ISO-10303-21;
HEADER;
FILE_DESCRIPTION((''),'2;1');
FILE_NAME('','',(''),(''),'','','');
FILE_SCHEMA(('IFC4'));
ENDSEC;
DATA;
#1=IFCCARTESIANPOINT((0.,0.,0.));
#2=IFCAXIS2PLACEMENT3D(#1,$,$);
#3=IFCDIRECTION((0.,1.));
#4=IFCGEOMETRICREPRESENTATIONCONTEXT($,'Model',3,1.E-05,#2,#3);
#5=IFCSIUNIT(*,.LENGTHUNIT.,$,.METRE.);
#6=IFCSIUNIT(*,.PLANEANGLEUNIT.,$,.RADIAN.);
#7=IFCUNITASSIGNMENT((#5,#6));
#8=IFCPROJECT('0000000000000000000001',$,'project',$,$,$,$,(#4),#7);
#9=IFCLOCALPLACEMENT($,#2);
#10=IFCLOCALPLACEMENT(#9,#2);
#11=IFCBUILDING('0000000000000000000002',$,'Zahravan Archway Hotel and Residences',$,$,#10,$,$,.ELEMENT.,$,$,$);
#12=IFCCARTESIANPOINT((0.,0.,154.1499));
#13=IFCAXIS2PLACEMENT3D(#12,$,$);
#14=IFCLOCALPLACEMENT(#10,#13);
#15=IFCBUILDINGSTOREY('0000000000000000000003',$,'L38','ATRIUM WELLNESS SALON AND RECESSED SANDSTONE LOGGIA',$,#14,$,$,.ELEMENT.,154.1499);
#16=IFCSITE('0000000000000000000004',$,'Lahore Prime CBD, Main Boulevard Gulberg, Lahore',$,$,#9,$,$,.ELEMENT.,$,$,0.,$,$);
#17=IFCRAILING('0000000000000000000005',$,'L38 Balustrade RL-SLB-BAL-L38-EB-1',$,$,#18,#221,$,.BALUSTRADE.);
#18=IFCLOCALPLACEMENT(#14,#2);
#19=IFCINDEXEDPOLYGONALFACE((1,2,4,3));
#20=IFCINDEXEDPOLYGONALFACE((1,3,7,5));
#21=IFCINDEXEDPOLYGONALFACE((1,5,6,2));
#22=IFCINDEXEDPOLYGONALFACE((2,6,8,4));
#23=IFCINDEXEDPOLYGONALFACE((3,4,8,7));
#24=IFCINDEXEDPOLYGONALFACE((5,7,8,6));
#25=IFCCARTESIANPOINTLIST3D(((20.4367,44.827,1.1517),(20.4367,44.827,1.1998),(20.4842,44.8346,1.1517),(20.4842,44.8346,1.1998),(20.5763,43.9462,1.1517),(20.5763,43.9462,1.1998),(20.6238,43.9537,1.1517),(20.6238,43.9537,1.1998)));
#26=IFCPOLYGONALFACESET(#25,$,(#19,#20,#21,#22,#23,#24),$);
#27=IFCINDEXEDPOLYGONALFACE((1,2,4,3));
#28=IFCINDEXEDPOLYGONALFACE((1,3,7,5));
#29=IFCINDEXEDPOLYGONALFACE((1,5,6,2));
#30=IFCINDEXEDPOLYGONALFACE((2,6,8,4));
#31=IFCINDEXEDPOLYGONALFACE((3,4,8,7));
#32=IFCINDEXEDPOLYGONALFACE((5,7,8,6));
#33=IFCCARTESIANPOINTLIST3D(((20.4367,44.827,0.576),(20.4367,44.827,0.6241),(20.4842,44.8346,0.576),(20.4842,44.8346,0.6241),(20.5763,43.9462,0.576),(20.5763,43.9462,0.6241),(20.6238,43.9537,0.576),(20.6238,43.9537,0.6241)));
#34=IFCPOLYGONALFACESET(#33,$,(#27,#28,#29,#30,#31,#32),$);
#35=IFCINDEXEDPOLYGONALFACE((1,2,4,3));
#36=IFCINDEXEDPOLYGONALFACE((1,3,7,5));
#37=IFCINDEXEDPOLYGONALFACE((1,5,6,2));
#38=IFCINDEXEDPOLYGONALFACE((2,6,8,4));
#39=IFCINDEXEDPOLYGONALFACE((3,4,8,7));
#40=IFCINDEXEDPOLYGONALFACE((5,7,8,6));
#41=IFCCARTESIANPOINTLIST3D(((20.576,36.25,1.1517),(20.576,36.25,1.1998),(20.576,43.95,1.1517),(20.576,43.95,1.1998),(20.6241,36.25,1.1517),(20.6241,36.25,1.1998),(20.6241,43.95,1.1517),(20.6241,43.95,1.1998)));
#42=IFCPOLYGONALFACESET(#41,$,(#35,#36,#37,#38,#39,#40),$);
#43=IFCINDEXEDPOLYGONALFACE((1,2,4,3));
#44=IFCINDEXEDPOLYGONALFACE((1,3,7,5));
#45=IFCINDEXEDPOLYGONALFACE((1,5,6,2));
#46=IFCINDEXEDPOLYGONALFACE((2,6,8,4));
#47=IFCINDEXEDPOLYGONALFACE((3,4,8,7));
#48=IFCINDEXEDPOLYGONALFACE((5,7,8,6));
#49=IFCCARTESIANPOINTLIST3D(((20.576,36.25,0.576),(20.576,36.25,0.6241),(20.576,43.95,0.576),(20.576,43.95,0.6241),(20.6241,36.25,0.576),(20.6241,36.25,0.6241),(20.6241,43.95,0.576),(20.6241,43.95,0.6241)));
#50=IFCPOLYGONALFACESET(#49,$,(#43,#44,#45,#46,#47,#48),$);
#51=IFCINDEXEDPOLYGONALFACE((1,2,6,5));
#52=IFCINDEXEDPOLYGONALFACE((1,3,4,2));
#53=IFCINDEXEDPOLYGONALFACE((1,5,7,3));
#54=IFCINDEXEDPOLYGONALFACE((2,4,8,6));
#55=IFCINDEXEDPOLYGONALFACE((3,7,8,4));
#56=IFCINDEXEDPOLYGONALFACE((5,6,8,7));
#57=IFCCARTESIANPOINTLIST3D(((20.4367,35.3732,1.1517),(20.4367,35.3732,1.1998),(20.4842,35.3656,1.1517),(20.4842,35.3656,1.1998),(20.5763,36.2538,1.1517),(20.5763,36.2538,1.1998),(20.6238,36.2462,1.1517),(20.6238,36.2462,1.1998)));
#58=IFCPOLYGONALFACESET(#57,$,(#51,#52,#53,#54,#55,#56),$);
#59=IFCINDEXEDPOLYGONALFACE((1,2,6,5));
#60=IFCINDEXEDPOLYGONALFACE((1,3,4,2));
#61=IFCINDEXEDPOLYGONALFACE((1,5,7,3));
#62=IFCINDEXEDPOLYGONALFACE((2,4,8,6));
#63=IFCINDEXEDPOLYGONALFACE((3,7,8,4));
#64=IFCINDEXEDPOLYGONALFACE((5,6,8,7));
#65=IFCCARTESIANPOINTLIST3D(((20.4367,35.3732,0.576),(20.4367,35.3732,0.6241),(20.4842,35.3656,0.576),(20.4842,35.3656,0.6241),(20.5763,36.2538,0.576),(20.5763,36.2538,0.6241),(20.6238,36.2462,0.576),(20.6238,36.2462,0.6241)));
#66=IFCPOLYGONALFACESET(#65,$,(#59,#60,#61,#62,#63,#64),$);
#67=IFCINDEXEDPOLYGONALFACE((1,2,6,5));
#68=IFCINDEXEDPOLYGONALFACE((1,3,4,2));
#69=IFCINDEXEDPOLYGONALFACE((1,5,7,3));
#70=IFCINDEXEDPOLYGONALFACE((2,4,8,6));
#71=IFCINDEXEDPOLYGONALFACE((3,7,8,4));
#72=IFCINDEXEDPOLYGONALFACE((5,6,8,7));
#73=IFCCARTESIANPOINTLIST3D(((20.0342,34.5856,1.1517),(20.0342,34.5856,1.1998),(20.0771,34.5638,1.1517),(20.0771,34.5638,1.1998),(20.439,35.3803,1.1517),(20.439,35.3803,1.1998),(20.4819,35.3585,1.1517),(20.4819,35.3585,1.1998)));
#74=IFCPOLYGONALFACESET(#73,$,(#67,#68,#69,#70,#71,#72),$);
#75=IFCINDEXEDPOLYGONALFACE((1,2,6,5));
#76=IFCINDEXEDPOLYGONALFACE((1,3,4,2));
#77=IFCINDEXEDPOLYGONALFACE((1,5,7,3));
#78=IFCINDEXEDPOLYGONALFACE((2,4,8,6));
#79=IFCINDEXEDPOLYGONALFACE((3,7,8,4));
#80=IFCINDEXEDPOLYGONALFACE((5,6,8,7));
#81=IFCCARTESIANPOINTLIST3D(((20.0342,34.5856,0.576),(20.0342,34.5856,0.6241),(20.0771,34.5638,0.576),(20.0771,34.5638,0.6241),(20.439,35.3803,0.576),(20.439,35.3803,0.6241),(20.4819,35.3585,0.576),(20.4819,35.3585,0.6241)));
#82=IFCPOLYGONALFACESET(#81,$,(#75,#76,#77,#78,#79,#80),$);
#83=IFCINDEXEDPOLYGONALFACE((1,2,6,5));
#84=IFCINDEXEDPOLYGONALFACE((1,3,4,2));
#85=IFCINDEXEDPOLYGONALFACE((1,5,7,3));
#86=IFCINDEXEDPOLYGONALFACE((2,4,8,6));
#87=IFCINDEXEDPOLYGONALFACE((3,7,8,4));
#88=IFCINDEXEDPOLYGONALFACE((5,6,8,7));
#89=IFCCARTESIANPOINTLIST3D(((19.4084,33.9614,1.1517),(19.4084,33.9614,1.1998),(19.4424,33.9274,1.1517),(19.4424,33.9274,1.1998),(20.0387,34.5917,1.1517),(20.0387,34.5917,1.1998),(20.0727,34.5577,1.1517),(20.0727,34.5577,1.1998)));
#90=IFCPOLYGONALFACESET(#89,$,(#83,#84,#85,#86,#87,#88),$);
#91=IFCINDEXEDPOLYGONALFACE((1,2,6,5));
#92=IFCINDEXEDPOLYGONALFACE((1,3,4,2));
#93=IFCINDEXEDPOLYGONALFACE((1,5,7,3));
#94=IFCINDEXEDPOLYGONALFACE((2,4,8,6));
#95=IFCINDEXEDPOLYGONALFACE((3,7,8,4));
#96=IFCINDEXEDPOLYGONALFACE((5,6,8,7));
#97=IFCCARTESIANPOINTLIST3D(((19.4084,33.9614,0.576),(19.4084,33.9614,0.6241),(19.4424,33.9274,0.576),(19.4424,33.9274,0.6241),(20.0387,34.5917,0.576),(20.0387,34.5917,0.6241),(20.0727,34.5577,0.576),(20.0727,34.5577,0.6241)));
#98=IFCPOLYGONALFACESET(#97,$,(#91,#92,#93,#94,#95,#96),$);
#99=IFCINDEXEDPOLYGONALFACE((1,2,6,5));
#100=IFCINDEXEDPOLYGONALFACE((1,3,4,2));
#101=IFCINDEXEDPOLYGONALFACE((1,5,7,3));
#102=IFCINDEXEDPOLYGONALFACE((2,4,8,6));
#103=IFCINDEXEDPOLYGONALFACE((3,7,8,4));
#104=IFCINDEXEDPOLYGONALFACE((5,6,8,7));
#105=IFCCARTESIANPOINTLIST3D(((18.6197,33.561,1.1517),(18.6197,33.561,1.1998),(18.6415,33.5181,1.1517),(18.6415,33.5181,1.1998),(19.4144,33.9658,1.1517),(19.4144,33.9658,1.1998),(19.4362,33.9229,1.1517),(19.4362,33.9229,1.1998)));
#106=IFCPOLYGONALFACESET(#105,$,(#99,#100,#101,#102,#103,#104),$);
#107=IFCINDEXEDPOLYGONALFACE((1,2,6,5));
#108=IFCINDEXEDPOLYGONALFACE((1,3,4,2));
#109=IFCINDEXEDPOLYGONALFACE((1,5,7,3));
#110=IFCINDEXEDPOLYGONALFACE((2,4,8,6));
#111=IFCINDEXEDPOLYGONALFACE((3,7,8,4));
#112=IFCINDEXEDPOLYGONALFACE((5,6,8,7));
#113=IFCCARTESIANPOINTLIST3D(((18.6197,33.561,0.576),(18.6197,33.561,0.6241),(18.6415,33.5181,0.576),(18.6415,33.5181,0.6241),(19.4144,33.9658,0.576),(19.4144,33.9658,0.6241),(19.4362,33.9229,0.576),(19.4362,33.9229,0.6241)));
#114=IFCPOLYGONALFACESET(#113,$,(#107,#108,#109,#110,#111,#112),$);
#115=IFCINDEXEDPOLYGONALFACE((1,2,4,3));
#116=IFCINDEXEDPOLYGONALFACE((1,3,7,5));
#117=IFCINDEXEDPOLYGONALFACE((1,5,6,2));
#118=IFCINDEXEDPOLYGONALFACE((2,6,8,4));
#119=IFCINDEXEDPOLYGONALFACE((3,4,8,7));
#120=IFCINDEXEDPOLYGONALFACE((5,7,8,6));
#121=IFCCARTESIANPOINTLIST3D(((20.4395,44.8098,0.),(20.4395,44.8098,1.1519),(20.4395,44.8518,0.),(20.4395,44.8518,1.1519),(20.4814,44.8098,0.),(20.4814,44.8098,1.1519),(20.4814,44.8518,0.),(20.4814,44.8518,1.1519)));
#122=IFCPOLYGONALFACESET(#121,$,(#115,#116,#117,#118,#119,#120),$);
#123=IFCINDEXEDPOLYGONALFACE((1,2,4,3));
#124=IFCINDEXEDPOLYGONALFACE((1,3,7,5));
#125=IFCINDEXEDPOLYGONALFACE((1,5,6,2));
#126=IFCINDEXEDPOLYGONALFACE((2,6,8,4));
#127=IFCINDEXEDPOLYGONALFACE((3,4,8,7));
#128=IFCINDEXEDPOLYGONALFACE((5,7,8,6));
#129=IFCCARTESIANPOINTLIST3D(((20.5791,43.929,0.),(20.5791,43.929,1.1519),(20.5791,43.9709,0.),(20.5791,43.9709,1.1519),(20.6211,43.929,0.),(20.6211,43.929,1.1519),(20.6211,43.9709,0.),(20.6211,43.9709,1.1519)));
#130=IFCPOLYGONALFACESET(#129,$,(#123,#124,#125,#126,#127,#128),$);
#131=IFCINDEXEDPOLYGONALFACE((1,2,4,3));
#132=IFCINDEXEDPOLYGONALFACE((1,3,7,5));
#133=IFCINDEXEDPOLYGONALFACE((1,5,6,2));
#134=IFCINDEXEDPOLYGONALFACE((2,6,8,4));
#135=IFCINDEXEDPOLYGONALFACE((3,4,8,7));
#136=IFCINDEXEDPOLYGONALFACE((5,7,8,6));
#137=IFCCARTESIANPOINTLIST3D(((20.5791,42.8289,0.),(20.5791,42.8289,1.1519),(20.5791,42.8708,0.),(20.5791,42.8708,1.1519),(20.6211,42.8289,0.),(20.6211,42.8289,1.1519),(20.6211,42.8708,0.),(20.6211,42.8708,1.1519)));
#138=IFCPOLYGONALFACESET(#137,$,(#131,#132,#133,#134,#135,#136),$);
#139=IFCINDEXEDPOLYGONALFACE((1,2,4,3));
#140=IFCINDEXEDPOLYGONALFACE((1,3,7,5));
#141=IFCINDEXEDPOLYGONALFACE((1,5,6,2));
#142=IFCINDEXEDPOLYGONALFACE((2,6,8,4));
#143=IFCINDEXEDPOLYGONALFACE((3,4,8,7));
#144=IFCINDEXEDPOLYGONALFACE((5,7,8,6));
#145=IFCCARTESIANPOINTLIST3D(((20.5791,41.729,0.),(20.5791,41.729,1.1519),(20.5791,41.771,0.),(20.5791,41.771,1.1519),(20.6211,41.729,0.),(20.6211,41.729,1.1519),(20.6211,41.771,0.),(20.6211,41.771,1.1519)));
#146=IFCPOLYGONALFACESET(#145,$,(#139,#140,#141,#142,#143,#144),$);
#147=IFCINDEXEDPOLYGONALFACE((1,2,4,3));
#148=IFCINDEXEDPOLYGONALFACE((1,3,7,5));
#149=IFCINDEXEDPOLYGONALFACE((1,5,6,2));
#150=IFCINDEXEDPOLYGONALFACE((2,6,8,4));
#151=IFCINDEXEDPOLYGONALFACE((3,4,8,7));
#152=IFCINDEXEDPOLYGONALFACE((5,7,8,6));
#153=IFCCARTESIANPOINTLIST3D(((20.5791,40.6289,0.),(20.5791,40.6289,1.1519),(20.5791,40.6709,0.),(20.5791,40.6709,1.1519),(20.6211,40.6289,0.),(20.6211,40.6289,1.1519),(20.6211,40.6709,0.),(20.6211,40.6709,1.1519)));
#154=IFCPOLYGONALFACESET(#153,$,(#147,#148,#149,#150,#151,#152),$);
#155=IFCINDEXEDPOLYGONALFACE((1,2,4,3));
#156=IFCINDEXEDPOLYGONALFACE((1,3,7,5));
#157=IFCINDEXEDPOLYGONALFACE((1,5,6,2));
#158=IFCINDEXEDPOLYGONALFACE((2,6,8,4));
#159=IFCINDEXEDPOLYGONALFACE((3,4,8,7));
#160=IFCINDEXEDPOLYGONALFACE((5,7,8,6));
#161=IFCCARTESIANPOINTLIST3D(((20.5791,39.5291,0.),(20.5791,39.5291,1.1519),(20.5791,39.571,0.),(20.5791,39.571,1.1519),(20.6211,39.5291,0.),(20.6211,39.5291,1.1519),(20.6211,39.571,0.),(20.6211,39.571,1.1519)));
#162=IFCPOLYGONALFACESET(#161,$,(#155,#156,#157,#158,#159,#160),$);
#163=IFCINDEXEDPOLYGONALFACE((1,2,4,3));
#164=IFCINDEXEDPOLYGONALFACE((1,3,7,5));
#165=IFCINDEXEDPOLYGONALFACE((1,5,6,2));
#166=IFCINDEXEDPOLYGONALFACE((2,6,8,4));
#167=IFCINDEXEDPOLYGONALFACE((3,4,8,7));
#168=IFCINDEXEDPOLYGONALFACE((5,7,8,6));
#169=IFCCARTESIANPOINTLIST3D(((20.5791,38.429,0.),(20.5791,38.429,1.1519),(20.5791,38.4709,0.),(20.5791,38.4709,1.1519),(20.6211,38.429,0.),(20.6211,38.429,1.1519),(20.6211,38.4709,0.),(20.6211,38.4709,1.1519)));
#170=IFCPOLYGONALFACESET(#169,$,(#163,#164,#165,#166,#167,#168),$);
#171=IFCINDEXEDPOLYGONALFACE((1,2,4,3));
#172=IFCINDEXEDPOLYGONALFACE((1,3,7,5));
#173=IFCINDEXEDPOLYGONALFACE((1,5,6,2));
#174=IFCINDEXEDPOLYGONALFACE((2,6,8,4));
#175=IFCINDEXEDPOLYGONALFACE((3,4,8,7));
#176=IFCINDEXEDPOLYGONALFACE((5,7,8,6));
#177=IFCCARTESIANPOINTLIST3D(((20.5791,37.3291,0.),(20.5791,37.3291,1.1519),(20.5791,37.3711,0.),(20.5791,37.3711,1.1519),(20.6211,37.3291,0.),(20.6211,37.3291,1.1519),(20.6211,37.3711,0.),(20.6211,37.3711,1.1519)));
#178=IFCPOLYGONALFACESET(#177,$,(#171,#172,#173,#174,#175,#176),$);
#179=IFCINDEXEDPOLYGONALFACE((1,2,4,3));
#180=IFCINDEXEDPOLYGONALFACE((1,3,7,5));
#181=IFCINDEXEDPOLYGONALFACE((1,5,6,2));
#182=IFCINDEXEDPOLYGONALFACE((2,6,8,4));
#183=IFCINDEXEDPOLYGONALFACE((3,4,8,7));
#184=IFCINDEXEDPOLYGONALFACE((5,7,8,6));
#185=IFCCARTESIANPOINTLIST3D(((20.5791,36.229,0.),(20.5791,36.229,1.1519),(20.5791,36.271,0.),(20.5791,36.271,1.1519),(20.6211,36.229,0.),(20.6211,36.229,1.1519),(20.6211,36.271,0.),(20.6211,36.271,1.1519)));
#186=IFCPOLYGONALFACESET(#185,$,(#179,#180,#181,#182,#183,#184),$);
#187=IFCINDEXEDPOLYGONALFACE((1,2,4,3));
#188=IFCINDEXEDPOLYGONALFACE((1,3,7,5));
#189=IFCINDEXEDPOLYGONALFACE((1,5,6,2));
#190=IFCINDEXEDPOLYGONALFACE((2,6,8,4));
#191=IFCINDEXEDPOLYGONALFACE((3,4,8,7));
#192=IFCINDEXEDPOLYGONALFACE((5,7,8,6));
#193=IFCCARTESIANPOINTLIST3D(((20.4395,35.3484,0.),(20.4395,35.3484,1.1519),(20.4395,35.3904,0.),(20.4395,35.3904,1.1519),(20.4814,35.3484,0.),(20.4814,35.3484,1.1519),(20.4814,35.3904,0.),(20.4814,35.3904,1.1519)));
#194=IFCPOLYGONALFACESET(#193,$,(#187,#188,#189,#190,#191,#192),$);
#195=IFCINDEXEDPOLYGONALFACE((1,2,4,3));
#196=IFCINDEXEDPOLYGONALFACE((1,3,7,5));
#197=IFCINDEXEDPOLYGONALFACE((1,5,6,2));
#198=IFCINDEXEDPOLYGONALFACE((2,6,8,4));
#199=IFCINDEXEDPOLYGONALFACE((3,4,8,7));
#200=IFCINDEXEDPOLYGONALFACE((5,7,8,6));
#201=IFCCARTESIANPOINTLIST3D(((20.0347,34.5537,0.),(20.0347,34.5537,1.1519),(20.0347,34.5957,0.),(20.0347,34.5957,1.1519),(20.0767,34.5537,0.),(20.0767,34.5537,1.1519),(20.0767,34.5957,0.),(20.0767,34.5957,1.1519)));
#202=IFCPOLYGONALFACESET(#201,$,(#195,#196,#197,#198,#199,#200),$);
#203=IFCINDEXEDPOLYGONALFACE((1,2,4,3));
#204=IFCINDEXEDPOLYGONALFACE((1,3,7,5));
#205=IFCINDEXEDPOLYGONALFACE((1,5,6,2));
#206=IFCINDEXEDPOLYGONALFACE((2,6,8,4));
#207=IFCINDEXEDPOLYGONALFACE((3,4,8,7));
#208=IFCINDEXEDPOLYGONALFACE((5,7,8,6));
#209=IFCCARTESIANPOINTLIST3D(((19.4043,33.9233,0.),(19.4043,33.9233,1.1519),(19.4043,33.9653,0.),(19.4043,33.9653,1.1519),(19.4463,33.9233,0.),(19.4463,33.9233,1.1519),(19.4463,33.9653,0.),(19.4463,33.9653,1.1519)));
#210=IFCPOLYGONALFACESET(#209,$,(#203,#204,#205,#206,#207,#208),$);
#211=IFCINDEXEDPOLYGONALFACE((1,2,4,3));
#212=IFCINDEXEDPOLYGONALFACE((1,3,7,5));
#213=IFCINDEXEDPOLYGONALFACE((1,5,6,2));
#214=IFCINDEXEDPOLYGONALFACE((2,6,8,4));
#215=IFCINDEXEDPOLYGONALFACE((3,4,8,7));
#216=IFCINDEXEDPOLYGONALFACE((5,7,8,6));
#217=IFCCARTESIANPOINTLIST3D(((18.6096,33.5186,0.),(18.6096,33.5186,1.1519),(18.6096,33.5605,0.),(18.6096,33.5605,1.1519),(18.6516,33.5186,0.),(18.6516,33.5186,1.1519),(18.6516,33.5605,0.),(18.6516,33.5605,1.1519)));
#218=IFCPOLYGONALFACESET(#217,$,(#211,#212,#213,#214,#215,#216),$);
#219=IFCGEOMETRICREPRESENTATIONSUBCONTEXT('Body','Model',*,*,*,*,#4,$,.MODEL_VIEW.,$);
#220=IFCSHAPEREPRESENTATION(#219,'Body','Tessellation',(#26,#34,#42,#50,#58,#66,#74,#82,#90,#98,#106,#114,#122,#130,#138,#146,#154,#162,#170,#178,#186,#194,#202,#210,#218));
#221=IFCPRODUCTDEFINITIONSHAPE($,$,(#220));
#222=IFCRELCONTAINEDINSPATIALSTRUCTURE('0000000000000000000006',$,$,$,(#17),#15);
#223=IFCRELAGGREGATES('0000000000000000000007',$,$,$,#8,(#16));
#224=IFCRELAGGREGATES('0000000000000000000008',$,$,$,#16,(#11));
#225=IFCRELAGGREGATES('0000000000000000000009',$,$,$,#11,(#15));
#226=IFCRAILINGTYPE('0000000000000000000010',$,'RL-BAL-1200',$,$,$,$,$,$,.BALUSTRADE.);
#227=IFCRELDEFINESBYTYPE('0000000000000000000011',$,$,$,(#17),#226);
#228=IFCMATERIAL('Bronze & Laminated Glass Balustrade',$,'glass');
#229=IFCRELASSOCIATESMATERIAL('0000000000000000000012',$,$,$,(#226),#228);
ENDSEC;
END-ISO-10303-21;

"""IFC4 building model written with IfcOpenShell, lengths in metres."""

from ifc_helpers import new_model, si_unit, direction, frame, origin, origin_2d, place, context, subcontext, project, spatial, rectangle, extrude, material, type_object, element, save


model = new_model("IFC4")

# Units and contexts
model_context = context("Model", 3, precision=1e-05, world=origin(), true_north=direction((0.0, 1.0)))
body_context = subcontext(model_context, "Body", "Model", "MODEL_VIEW")
ifc_project = project(units=[si_unit("LENGTHUNIT", "METRE"), si_unit("PLANEANGLEUNIT", "RADIAN")], contexts=[model_context])

# Site, building, storey
site_placement = place(None, origin())
site = spatial("IfcSite", under=ifc_project, at=site_placement, Name="Lahore Prime CBD, Main Boulevard Gulberg, Lahore", CompositionType="ELEMENT", RefElevation=0.0)
building_placement = place(site_placement, origin())
building = spatial("IfcBuilding", under=site, at=building_placement, Name="Zahravan Archway Hotel and Residences", CompositionType="ELEMENT")
storey_placement = place(building_placement, frame((0.0, 0.0, 154.1499)))
storey = spatial("IfcBuildingStorey", under=building, at=storey_placement, Name="L38", Description="ATRIUM WELLNESS SALON AND RECESSED SANDSTONE LOGGIA", CompositionType="ELEMENT", Elevation=154.1499)

# Railing
ifc_material_1 = material(Name="Bronze & Laminated Glass Balustrade", Category="glass")
railing_type = type_object("IfcRailingType", Name="RL-BAL-1200", PredefinedType="BALUSTRADE", material=ifc_material_1)
railing_placement = place(storey_placement, frame((20.4604, 44.8308, 0.0)))
element("IfcRailing", 1, at=railing_placement, inside=storey, type_object=railing_type, Name="L38 Balustrade RL-SLB-BAL-L38-EB-1", PredefinedType="BALUSTRADE", context=body_context, shape_type="SweptSolid", body=[
    extrude(rectangle(XDim=0.0481, YDim=0.0481, at=origin_2d()), frame((0.0, 0.0, 1.1758), z_axis=(0.156581, -0.987665, 0.0), x_axis=(0.987665, 0.156581, 0.0)), (0.0, 0.0, 1.0), 0.8918),
    extrude(rectangle(XDim=0.0481, YDim=0.0481, at=origin_2d()), frame((0.0, 0.0, 0.6001), z_axis=(0.156581, -0.987665, 0.0), x_axis=(0.987665, 0.156581, 0.0)), (0.0, 0.0, 1.0), 0.8918),
    extrude(rectangle(XDim=0.0481, YDim=0.0481, at=origin_2d()), frame((0.1396, -0.8809, 1.1758), z_axis=(0.0, -1.0, 0.0), x_axis=(1.0, 0.0, 0.0)), (0.0, 0.0, 1.0), 7.7),
    extrude(rectangle(XDim=0.0481, YDim=0.0481, at=origin_2d()), frame((0.1396, -0.8809, 0.6001), z_axis=(0.0, -1.0, 0.0), x_axis=(1.0, 0.0, 0.0)), (0.0, 0.0, 1.0), 7.7),
    extrude(rectangle(XDim=0.0481, YDim=0.0481, at=origin_2d()), frame((0.1396, -8.5808, 1.1758), z_axis=(-0.156623, -0.987658, 0.0), x_axis=(0.987658, -0.156623, 0.0)), (0.0, 0.0, 1.0), 0.8916),
    extrude(rectangle(XDim=0.0481, YDim=0.0481, at=origin_2d()), frame((0.1396, -8.5808, 0.6001), z_axis=(-0.156623, -0.987658, 0.0), x_axis=(0.987658, -0.156623, 0.0)), (0.0, 0.0, 1.0), 0.8916),
    extrude(rectangle(XDim=0.0481, YDim=0.0481, at=origin_2d()), frame((0.0, -9.4614, 1.1758), z_axis=(-0.453881, -0.891062, 0.0), x_axis=(0.891062, -0.453881, 0.0)), (0.0, 0.0, 1.0), 0.8918),
    extrude(rectangle(XDim=0.0481, YDim=0.0481, at=origin_2d()), frame((0.0, -9.4614, 0.6001), z_axis=(-0.453881, -0.891062, 0.0), x_axis=(0.891062, -0.453881, 0.0)), (0.0, 0.0, 1.0), 0.8918),
    extrude(rectangle(XDim=0.0481, YDim=0.0481, at=origin_2d()), frame((-0.4048, -10.2561, 1.1758), z_axis=(-0.707107, -0.707107, 0.0), x_axis=(0.707107, -0.707107, 0.0)), (0.0, 0.0, 1.0), 0.8914),
    extrude(rectangle(XDim=0.0481, YDim=0.0481, at=origin_2d()), frame((-0.4048, -10.2561, 0.6001), z_axis=(-0.707107, -0.707107, 0.0), x_axis=(0.707107, -0.707107, 0.0)), (0.0, 0.0, 1.0), 0.8914),
    extrude(rectangle(XDim=0.0481, YDim=0.0481, at=origin_2d()), frame((-1.0352, -10.8865, 1.1758), z_axis=(-0.891062, -0.453881, 0.0), x_axis=(0.453881, -0.891062, 0.0)), (0.0, 0.0, 1.0), 0.8918),
    extrude(rectangle(XDim=0.0481, YDim=0.0481, at=origin_2d()), frame((-1.0352, -10.8865, 0.6001), z_axis=(-0.891062, -0.453881, 0.0), x_axis=(0.453881, -0.891062, 0.0)), (0.0, 0.0, 1.0), 0.8918),
    extrude(rectangle(XDim=0.042, YDim=0.042, at=origin_2d()), origin(), (0.0, 0.0, 1.0), 1.1519),
    extrude(rectangle(XDim=0.042, YDim=0.042, at=origin_2d()), frame((0.1396, -0.8809, 0.0)), (0.0, 0.0, 1.0), 1.1519),
    extrude(rectangle(XDim=0.042, YDim=0.042, at=origin_2d()), frame((0.1396, -1.981, 0.0)), (0.0, 0.0, 1.0), 1.1519),
    extrude(rectangle(XDim=0.042, YDim=0.042, at=origin_2d()), frame((0.1396, -3.0808, 0.0)), (0.0, 0.0, 1.0), 1.1519),
    extrude(rectangle(XDim=0.042, YDim=0.042, at=origin_2d()), frame((0.1396, -4.1809, 0.0)), (0.0, 0.0, 1.0), 1.1519),
    extrude(rectangle(XDim=0.042, YDim=0.042, at=origin_2d()), frame((0.1396, -5.2808, 0.0)), (0.0, 0.0, 1.0), 1.1519),
    extrude(rectangle(XDim=0.042, YDim=0.042, at=origin_2d()), frame((0.1396, -6.3809, 0.0)), (0.0, 0.0, 1.0), 1.1519),
    extrude(rectangle(XDim=0.042, YDim=0.042, at=origin_2d()), frame((0.1396, -7.4807, 0.0)), (0.0, 0.0, 1.0), 1.1519),
    extrude(rectangle(XDim=0.042, YDim=0.042, at=origin_2d()), frame((0.1396, -8.5808, 0.0)), (0.0, 0.0, 1.0), 1.1519),
    extrude(rectangle(XDim=0.042, YDim=0.042, at=origin_2d()), frame((0.0, -9.4614, 0.0)), (0.0, 0.0, 1.0), 1.1519),
    extrude(rectangle(XDim=0.042, YDim=0.042, at=origin_2d()), frame((-0.4048, -10.2561, 0.0)), (0.0, 0.0, 1.0), 1.1519),
    extrude(rectangle(XDim=0.042, YDim=0.042, at=origin_2d()), frame((-1.0352, -10.8865, 0.0)), (0.0, 0.0, 1.0), 1.1519),
    extrude(rectangle(XDim=0.042, YDim=0.042, at=origin_2d()), frame((-1.8298, -11.2913, 0.0)), (0.0, 0.0, 1.0), 1.1519),
])

save(model, "model.ifc")
